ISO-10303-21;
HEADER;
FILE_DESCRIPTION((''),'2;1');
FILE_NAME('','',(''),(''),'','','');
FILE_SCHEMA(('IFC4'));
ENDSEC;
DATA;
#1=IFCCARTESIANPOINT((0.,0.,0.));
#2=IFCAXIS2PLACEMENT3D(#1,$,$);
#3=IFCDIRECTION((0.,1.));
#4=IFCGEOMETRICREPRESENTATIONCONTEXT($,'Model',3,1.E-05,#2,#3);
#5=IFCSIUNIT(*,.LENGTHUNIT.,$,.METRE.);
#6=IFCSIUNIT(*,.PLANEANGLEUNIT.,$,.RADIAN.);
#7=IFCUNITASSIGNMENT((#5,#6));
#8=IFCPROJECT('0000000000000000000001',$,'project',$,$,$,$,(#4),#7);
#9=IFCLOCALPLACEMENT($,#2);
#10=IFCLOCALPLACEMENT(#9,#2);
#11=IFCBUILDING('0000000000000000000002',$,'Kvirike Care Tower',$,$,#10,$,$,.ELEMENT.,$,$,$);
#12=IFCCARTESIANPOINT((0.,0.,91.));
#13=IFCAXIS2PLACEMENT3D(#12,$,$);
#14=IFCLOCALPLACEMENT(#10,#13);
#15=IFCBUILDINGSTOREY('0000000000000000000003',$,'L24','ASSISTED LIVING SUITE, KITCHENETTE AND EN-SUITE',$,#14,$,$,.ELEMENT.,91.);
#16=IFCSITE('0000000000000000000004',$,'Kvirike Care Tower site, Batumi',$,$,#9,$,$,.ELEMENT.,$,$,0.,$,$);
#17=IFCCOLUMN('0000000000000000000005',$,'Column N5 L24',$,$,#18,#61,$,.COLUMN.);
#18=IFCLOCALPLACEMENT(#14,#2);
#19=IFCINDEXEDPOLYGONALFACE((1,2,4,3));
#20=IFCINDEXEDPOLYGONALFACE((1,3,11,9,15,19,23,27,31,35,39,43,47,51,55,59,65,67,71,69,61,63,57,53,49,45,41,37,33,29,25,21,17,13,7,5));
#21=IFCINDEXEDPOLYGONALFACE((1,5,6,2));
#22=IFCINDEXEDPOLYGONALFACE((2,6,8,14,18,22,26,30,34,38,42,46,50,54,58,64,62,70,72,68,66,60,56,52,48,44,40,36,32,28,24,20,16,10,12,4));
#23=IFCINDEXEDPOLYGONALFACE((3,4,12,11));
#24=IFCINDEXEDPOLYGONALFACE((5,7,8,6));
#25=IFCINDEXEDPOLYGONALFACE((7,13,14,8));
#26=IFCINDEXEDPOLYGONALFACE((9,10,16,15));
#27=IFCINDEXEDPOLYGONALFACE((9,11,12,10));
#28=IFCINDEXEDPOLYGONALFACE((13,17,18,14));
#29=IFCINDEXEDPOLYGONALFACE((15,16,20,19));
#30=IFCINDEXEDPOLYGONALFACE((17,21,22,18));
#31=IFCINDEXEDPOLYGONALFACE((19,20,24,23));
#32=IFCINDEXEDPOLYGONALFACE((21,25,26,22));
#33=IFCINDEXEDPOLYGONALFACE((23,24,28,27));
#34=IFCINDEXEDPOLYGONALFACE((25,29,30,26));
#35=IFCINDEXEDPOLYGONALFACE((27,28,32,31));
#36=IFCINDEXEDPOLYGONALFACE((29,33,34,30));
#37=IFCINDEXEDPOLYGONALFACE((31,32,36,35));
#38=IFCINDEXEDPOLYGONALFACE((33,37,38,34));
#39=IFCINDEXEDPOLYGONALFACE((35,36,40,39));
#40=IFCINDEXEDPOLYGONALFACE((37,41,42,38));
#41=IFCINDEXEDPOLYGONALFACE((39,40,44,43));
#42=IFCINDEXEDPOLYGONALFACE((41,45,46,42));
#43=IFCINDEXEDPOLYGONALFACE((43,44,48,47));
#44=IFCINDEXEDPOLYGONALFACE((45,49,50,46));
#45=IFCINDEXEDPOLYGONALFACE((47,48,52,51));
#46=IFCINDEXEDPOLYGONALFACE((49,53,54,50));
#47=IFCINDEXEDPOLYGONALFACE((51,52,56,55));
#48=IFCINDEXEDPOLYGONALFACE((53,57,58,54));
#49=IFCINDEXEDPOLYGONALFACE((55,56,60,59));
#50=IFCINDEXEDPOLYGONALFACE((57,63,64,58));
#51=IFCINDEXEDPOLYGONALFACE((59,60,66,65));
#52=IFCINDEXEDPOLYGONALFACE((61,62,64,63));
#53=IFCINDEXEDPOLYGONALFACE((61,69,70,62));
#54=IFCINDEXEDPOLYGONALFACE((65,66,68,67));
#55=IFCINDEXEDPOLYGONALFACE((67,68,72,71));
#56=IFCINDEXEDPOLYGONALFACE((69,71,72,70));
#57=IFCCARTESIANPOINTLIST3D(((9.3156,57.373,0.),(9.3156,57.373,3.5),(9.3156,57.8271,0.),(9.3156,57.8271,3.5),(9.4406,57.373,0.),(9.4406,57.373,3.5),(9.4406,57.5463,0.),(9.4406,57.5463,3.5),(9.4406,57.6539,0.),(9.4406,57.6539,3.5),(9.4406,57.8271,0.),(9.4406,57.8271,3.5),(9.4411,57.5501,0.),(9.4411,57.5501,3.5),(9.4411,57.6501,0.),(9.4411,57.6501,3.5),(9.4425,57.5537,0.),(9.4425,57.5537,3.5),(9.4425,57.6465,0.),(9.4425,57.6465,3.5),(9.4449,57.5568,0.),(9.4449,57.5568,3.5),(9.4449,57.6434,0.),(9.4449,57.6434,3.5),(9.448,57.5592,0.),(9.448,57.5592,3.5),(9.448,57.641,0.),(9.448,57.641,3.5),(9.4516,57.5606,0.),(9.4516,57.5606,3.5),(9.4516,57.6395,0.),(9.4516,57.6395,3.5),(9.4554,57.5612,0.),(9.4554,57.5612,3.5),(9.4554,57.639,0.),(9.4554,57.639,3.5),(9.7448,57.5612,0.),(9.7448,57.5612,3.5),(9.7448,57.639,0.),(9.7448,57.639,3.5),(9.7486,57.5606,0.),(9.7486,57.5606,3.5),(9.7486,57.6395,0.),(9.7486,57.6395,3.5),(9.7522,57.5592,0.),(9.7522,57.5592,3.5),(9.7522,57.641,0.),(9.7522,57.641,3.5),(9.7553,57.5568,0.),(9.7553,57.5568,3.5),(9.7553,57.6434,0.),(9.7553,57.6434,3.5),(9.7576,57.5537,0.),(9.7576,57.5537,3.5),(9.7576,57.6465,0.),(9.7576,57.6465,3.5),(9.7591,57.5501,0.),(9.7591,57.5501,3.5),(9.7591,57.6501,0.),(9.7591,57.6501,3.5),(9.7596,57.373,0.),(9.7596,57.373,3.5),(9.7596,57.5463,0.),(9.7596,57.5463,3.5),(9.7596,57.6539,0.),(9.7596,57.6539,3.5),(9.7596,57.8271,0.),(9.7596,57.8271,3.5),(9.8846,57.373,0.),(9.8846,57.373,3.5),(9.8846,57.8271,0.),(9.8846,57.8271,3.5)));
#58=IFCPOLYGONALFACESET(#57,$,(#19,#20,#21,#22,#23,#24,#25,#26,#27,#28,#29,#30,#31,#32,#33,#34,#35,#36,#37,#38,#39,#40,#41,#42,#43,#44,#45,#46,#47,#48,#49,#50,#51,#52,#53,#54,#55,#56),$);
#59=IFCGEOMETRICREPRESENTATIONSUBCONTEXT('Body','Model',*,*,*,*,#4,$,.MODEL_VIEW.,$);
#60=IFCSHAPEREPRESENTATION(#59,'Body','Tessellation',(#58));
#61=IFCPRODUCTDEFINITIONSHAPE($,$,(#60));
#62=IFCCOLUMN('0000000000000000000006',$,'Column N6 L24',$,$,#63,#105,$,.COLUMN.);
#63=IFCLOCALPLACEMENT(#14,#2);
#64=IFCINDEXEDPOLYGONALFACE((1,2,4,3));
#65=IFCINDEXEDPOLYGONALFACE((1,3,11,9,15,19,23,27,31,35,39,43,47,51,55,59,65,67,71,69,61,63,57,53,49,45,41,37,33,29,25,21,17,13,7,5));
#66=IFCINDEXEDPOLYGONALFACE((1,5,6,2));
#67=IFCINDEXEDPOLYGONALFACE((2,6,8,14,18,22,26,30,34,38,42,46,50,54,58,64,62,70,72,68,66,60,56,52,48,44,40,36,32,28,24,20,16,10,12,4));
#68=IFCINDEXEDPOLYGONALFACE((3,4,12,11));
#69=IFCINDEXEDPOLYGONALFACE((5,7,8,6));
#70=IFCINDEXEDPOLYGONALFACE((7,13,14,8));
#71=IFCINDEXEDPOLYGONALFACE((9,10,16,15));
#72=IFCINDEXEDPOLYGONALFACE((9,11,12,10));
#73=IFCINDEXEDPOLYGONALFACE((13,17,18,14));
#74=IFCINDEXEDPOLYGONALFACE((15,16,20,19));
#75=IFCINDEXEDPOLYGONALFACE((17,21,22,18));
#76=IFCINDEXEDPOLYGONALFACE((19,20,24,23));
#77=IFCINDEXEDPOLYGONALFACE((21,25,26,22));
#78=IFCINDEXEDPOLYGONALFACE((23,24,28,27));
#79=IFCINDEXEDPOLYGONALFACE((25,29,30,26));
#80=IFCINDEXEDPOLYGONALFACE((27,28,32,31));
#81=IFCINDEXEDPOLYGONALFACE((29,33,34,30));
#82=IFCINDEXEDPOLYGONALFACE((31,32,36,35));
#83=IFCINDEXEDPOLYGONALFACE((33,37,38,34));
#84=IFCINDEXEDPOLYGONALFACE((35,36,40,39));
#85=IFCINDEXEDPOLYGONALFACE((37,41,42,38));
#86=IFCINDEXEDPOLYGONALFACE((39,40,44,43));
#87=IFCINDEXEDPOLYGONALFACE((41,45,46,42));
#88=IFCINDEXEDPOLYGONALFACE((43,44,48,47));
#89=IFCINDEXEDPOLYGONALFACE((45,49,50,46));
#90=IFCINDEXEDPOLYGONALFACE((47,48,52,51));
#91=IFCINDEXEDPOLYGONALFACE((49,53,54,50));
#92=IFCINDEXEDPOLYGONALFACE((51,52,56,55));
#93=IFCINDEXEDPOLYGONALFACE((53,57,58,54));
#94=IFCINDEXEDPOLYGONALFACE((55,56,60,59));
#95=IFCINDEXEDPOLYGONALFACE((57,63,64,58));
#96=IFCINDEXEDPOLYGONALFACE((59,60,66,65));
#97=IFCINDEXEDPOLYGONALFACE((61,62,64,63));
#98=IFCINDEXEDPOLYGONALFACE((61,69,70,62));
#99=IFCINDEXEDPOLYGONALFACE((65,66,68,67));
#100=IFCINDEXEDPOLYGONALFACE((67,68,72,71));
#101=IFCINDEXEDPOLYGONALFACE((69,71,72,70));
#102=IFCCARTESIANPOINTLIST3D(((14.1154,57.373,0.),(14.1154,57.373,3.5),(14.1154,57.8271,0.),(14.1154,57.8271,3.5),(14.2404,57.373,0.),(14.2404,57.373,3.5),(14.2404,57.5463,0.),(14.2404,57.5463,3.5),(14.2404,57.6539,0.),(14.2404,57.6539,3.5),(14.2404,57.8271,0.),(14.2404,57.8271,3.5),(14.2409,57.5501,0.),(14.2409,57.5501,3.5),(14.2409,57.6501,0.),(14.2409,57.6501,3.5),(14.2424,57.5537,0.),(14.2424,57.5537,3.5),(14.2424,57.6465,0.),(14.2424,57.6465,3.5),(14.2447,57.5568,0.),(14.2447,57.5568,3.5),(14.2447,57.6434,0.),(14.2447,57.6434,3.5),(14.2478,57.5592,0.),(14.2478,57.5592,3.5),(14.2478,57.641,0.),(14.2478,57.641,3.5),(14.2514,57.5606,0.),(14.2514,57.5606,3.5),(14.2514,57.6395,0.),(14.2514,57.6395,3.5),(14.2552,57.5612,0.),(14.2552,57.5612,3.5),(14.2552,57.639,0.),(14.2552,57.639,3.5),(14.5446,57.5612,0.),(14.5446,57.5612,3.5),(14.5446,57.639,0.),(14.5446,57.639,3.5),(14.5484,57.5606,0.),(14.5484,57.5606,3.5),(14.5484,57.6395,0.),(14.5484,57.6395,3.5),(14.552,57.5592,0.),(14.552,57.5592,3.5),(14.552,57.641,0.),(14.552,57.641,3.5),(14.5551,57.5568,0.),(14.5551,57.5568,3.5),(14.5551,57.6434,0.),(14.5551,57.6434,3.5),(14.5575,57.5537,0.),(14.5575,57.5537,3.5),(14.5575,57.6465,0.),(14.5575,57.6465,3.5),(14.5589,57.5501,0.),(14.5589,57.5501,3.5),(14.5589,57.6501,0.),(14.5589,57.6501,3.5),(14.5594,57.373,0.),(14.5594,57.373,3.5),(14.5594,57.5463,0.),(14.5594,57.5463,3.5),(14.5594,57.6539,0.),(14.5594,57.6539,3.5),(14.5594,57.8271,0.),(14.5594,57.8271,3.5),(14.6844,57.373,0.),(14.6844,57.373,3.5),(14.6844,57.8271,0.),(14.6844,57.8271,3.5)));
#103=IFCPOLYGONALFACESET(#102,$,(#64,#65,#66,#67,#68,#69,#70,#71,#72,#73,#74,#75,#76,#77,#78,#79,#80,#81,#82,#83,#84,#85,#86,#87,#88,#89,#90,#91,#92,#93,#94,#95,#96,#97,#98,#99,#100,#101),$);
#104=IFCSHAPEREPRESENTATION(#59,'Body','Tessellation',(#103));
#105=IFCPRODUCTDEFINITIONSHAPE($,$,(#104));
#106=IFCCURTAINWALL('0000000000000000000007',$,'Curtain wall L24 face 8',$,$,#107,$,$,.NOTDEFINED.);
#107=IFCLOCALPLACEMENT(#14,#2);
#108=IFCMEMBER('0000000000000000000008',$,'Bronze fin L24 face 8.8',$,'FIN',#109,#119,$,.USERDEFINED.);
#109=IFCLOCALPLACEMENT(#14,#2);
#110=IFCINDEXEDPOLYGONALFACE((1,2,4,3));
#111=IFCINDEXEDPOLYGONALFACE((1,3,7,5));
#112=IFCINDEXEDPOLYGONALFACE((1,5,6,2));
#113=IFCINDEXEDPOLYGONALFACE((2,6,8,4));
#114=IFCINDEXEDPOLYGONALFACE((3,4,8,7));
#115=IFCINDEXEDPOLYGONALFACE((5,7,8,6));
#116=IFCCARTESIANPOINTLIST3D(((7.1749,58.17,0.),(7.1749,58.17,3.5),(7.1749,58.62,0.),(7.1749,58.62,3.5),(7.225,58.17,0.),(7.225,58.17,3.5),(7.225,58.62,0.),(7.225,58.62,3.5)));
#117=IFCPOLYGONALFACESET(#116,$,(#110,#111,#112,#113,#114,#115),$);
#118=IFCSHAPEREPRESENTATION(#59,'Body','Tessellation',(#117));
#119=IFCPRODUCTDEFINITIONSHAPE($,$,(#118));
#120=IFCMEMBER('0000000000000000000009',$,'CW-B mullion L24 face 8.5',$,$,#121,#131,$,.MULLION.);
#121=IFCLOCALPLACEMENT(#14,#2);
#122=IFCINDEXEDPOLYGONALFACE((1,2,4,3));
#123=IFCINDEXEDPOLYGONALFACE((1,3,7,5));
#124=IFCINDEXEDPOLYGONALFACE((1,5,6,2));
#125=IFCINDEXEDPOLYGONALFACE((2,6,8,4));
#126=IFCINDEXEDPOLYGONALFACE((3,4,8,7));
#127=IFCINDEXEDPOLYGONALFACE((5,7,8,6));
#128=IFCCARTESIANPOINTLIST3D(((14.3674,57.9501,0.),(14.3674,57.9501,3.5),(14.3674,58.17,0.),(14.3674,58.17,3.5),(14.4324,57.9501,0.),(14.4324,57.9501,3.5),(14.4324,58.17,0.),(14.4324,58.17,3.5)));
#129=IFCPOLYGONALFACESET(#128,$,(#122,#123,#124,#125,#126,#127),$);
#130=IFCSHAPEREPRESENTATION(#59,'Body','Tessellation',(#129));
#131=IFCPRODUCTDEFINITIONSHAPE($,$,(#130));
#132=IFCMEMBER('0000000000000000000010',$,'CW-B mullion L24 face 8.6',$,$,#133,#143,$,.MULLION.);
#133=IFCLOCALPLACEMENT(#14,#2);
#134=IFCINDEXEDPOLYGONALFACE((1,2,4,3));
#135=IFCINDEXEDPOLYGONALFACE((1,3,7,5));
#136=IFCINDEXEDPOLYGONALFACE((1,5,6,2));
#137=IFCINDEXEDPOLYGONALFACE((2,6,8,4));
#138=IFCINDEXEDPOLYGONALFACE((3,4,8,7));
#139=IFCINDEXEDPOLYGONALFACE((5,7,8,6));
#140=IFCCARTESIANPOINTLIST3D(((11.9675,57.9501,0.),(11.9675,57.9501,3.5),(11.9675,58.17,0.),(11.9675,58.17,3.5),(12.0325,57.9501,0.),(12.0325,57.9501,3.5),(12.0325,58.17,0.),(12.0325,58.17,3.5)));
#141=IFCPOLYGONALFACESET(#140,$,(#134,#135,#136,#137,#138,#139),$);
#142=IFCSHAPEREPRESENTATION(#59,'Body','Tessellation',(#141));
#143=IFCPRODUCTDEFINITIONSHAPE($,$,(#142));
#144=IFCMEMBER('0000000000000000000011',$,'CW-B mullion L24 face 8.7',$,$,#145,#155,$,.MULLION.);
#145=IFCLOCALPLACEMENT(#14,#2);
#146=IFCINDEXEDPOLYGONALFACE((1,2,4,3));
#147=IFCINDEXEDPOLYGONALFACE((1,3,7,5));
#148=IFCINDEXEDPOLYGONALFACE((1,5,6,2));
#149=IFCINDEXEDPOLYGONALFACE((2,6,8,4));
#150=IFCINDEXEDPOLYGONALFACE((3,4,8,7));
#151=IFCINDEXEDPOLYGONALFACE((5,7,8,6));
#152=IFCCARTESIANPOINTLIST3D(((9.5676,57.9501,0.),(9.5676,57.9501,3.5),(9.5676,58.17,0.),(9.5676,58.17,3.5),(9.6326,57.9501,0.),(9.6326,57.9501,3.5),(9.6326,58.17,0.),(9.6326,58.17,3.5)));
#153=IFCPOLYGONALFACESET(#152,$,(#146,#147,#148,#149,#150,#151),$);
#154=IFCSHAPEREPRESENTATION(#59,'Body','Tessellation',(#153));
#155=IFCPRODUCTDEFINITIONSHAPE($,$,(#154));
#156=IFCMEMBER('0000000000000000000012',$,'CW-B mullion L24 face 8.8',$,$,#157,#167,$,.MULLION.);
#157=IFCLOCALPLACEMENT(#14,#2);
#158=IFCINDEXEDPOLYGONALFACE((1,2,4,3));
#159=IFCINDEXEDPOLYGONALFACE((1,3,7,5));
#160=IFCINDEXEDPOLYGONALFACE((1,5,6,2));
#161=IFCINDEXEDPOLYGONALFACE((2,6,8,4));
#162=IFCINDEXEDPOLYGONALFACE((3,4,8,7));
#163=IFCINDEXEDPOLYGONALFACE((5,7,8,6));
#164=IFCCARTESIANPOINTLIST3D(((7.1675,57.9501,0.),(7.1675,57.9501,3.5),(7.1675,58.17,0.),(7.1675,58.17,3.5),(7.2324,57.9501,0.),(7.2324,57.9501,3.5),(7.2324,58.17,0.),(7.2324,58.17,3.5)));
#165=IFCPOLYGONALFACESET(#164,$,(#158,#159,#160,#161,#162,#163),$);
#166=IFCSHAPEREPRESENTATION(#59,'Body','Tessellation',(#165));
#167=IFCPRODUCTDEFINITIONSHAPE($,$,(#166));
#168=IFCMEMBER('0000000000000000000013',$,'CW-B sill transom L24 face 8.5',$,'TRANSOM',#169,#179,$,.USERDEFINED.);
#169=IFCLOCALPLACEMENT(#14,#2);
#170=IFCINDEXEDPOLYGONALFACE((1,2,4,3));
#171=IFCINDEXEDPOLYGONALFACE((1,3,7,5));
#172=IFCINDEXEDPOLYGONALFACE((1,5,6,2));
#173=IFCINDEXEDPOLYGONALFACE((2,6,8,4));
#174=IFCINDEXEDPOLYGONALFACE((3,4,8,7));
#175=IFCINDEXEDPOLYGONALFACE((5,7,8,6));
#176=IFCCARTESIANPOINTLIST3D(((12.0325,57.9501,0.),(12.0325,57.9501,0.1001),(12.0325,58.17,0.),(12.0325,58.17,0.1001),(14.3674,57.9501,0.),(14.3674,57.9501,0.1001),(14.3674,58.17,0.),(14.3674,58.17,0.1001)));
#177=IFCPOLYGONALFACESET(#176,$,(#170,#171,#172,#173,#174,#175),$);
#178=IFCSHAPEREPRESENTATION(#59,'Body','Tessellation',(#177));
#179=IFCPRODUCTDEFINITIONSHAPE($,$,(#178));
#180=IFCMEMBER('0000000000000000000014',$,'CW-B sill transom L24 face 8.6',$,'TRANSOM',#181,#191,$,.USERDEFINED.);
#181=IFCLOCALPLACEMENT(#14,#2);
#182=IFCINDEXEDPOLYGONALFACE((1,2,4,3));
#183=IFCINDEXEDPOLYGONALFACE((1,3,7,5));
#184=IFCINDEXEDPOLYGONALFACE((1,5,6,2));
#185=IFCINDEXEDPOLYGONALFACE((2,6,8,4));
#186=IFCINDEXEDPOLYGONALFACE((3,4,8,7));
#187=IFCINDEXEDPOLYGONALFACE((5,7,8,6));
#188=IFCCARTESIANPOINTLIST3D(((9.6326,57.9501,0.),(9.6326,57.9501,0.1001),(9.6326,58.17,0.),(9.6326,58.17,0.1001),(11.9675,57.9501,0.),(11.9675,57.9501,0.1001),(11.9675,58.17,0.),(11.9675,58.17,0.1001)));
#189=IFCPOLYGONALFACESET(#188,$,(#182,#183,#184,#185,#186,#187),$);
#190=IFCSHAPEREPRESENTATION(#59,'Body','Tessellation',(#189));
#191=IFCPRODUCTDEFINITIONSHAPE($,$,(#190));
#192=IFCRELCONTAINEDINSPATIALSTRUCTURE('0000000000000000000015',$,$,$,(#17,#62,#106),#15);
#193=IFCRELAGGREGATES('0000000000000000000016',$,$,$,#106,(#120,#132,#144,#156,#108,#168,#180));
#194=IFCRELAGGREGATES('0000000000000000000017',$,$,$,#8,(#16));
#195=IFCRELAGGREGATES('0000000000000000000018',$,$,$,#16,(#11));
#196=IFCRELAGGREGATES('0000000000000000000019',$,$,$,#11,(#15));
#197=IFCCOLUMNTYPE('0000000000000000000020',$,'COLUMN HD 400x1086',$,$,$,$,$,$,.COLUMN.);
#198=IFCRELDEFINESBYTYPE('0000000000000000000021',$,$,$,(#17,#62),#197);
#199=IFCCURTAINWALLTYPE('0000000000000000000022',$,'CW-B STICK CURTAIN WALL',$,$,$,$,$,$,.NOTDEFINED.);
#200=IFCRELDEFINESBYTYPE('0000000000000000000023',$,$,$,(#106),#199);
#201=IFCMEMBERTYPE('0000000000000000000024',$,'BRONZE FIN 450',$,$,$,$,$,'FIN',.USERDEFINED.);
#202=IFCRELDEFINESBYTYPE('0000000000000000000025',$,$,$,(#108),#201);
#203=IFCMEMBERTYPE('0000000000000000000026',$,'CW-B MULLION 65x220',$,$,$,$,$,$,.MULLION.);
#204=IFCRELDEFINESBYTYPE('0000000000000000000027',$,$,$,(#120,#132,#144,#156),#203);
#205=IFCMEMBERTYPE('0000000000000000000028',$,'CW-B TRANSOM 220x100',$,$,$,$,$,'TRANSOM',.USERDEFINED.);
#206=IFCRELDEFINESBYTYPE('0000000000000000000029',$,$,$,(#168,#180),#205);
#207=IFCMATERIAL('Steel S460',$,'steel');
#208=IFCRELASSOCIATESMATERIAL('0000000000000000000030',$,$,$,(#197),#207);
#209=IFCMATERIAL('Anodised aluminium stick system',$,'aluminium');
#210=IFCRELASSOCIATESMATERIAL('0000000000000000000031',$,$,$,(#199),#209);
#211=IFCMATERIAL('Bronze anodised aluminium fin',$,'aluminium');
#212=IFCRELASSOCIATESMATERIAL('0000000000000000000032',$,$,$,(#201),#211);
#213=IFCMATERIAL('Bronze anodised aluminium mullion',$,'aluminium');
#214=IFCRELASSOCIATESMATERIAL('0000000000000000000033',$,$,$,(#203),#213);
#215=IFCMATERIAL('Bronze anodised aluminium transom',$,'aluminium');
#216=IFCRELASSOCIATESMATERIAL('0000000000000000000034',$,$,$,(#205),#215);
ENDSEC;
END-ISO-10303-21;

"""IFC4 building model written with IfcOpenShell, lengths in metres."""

from ifc_helpers import new_model, si_unit, direction, frame, origin, origin_2d, place, context, subcontext, project, spatial, rectangle, i_section, extrude, material, material_profile, profile_set, type_object, element, aggregate, save


model = new_model("IFC4")

# Units and contexts
model_context = context("Model", 3, precision=1e-05, world=origin(), true_north=direction((0.0, 1.0)))
body_context = subcontext(model_context, "Body", "Model", "MODEL_VIEW")
ifc_project = project(units=[si_unit("LENGTHUNIT", "METRE"), si_unit("PLANEANGLEUNIT", "RADIAN")], contexts=[model_context])

# Site, building, storey
site_placement = place(None, origin())
site = spatial("IfcSite", under=ifc_project, at=site_placement, Name="Kvirike Care Tower site, Batumi", CompositionType="ELEMENT", RefElevation=0.0)
building_placement = place(site_placement, origin())
building = spatial("IfcBuilding", under=site, at=building_placement, Name="Kvirike Care Tower", CompositionType="ELEMENT")
storey_placement = place(building_placement, frame((0.0, 0.0, 91.0)))
storey = spatial("IfcBuildingStorey", under=building, at=storey_placement, Name="L24", Description="ASSISTED LIVING SUITE, KITCHENETTE AND EN-SUITE", CompositionType="ELEMENT", Elevation=91.0)

# Columns
ifc_material_1 = material(Name="Steel S460", Category="steel")
ifc_material_profile_1 = material_profile(ifc_material_1, i_section(OverallWidth=0.4541, OverallDepth=0.5691, WebThickness=0.0779, FlangeThickness=0.125, FilletRadius=0.0149, at=origin_2d()), Name="HD 400x1086")
ifc_profile_set_1 = profile_set([ifc_material_profile_1], Name="Steel S460")
column_type = type_object("IfcColumnType", Name="COLUMN HD 400x1086", PredefinedType="COLUMN", material=ifc_profile_set_1)
for number, where, z_axis, x_axis, name in (
    (1, (9.6001, 57.6001, 0.0), (0.0, 0.0, 1.0), (0.0, 1.0, 0.0), "Column N5 L24"),
    (2, (14.3999, 57.6001, 0.0), (0.0, 0.0, 1.0), (0.0, 1.0, 0.0), "Column N6 L24"),
):
    element("IfcColumn", number, at=place(storey_placement, frame(where, z_axis=z_axis, x_axis=x_axis)), inside=storey, type_object=column_type, Name=name, PredefinedType="COLUMN", context=body_context, shape_type="SweptSolid", body=[
        extrude(i_section(OverallWidth=0.4541, OverallDepth=0.5691, WebThickness=0.0779, FlangeThickness=0.125, FilletRadius=0.0149, at=origin_2d()), origin(), (0.0, 0.0, 1.0), 3.5),
    ])

# Curtain wall, members
ifc_material_2 = material(Name="Anodised aluminium stick system", Category="aluminium")
curtain_wall_type = type_object("IfcCurtainWallType", Name="CW-B STICK CURTAIN WALL", PredefinedType="NOTDEFINED", material=ifc_material_2)
curtain_wall_placement = place(storey_placement, origin())
curtain_wall = element("IfcCurtainWall", 3, at=curtain_wall_placement, inside=storey, type_object=curtain_wall_type, Name="Curtain wall L24 face 8", PredefinedType="NOTDEFINED")
ifc_material_3 = material(Name="Bronze anodised aluminium fin", Category="aluminium")
ifc_material_profile_2 = material_profile(ifc_material_3, rectangle(XDim=0.05, YDim=0.45, at=origin_2d()), Name="BRONZE FIN 450")
ifc_profile_set_2 = profile_set([ifc_material_profile_2], Name="Bronze anodised aluminium fin")
member_type_1 = type_object("IfcMemberType", Name="BRONZE FIN 450", ElementType="FIN", PredefinedType="USERDEFINED", material=ifc_profile_set_2)
member_1_placement = place(storey_placement, frame((7.2, 58.395, 0.0), z_axis=(0.0, 0.0, 1.0), x_axis=(-1.0, 0.0, 0.0)))
member_1 = element("IfcMember", 4, at=member_1_placement, type_object=member_type_1, Name="Bronze fin L24 face 8.8", ObjectType="FIN", PredefinedType="USERDEFINED", context=body_context, shape_type="SweptSolid", body=[
    extrude(rectangle(XDim=0.05, YDim=0.45, at=origin_2d()), origin(), (0.0, 0.0, 1.0), 3.5),
])
ifc_material_4 = material(Name="Bronze anodised aluminium mullion", Category="aluminium")
ifc_material_profile_3 = material_profile(ifc_material_4, rectangle(XDim=0.0649, YDim=0.22, at=origin_2d()), Name="CW-B MULLION 65x220")
ifc_profile_set_3 = profile_set([ifc_material_profile_3], Name="Bronze anodised aluminium mullion")
member_type_2 = type_object("IfcMemberType", Name="CW-B MULLION 65x220", PredefinedType="MULLION", material=ifc_profile_set_3)
member_2_placement = place(storey_placement, frame((14.3999, 58.0601, 0.0), z_axis=(0.0, 0.0, 1.0), x_axis=(-1.0, 0.0, 0.0)))
member_2 = element("IfcMember", 5, at=member_2_placement, type_object=member_type_2, Name="CW-B mullion L24 face 8.5", PredefinedType="MULLION", context=body_context, shape_type="SweptSolid", body=[
    extrude(rectangle(XDim=0.0649, YDim=0.22, at=origin_2d()), origin(), (0.0, 0.0, 1.0), 3.5),
])
member_3_placement = place(storey_placement, frame((12.0, 58.0601, 0.0), z_axis=(0.0, 0.0, 1.0), x_axis=(-1.0, 0.0, 0.0)))
member_3 = element("IfcMember", 6, at=member_3_placement, type_object=member_type_2, Name="CW-B mullion L24 face 8.6", PredefinedType="MULLION", context=body_context, shape_type="SweptSolid", body=[
    extrude(rectangle(XDim=0.0649, YDim=0.22, at=origin_2d()), origin(), (0.0, 0.0, 1.0), 3.5),
])
member_4_placement = place(storey_placement, frame((9.6001, 58.0601, 0.0), z_axis=(0.0, 0.0, 1.0), x_axis=(-1.0, 0.0, 0.0)))
member_4 = element("IfcMember", 7, at=member_4_placement, type_object=member_type_2, Name="CW-B mullion L24 face 8.7", PredefinedType="MULLION", context=body_context, shape_type="SweptSolid", body=[
    extrude(rectangle(XDim=0.0649, YDim=0.22, at=origin_2d()), origin(), (0.0, 0.0, 1.0), 3.5),
])
member_5_placement = place(storey_placement, frame((7.2, 58.0601, 0.0), z_axis=(0.0, 0.0, 1.0), x_axis=(-1.0, 0.0, 0.0)))
member_5 = element("IfcMember", 8, at=member_5_placement, type_object=member_type_2, Name="CW-B mullion L24 face 8.8", PredefinedType="MULLION", context=body_context, shape_type="SweptSolid", body=[
    extrude(rectangle(XDim=0.0649, YDim=0.22, at=origin_2d()), origin(), (0.0, 0.0, 1.0), 3.5),
])
ifc_material_5 = material(Name="Bronze anodised aluminium transom", Category="aluminium")
ifc_material_profile_4 = material_profile(ifc_material_5, rectangle(XDim=0.22, YDim=0.1001, at=origin_2d()), Name="CW-B TRANSOM 220x100")
ifc_profile_set_4 = profile_set([ifc_material_profile_4], Name="Bronze anodised aluminium transom")
member_type_3 = type_object("IfcMemberType", Name="CW-B TRANSOM 220x100", ElementType="TRANSOM", PredefinedType="USERDEFINED", material=ifc_profile_set_4)
member_6_placement = place(storey_placement, frame((14.3674, 58.0601, 0.05), z_axis=(-1.0, 0.0, 0.0), x_axis=(0.0, -1.0, 0.0)))
member_6 = element("IfcMember", 9, at=member_6_placement, type_object=member_type_3, Name="CW-B sill transom L24 face 8.5", ObjectType="TRANSOM", PredefinedType="USERDEFINED", context=body_context, shape_type="SweptSolid", body=[
    extrude(rectangle(XDim=0.22, YDim=0.1001, at=origin_2d()), origin(), (0.0, 0.0, 1.0), 2.335),
])
member_7_placement = place(storey_placement, frame((11.9675, 58.0601, 0.05), z_axis=(-1.0, 0.0, 0.0), x_axis=(0.0, -1.0, 0.0)))
member_7 = element("IfcMember", 10, at=member_7_placement, type_object=member_type_3, Name="CW-B sill transom L24 face 8.6", ObjectType="TRANSOM", PredefinedType="USERDEFINED", context=body_context, shape_type="SweptSolid", body=[
    extrude(rectangle(XDim=0.22, YDim=0.1001, at=origin_2d()), origin(), (0.0, 0.0, 1.0), 2.335),
])

aggregate(curtain_wall, [member_2, member_3, member_4, member_5, member_1, member_6, member_7])

save(model, "model.ifc")
